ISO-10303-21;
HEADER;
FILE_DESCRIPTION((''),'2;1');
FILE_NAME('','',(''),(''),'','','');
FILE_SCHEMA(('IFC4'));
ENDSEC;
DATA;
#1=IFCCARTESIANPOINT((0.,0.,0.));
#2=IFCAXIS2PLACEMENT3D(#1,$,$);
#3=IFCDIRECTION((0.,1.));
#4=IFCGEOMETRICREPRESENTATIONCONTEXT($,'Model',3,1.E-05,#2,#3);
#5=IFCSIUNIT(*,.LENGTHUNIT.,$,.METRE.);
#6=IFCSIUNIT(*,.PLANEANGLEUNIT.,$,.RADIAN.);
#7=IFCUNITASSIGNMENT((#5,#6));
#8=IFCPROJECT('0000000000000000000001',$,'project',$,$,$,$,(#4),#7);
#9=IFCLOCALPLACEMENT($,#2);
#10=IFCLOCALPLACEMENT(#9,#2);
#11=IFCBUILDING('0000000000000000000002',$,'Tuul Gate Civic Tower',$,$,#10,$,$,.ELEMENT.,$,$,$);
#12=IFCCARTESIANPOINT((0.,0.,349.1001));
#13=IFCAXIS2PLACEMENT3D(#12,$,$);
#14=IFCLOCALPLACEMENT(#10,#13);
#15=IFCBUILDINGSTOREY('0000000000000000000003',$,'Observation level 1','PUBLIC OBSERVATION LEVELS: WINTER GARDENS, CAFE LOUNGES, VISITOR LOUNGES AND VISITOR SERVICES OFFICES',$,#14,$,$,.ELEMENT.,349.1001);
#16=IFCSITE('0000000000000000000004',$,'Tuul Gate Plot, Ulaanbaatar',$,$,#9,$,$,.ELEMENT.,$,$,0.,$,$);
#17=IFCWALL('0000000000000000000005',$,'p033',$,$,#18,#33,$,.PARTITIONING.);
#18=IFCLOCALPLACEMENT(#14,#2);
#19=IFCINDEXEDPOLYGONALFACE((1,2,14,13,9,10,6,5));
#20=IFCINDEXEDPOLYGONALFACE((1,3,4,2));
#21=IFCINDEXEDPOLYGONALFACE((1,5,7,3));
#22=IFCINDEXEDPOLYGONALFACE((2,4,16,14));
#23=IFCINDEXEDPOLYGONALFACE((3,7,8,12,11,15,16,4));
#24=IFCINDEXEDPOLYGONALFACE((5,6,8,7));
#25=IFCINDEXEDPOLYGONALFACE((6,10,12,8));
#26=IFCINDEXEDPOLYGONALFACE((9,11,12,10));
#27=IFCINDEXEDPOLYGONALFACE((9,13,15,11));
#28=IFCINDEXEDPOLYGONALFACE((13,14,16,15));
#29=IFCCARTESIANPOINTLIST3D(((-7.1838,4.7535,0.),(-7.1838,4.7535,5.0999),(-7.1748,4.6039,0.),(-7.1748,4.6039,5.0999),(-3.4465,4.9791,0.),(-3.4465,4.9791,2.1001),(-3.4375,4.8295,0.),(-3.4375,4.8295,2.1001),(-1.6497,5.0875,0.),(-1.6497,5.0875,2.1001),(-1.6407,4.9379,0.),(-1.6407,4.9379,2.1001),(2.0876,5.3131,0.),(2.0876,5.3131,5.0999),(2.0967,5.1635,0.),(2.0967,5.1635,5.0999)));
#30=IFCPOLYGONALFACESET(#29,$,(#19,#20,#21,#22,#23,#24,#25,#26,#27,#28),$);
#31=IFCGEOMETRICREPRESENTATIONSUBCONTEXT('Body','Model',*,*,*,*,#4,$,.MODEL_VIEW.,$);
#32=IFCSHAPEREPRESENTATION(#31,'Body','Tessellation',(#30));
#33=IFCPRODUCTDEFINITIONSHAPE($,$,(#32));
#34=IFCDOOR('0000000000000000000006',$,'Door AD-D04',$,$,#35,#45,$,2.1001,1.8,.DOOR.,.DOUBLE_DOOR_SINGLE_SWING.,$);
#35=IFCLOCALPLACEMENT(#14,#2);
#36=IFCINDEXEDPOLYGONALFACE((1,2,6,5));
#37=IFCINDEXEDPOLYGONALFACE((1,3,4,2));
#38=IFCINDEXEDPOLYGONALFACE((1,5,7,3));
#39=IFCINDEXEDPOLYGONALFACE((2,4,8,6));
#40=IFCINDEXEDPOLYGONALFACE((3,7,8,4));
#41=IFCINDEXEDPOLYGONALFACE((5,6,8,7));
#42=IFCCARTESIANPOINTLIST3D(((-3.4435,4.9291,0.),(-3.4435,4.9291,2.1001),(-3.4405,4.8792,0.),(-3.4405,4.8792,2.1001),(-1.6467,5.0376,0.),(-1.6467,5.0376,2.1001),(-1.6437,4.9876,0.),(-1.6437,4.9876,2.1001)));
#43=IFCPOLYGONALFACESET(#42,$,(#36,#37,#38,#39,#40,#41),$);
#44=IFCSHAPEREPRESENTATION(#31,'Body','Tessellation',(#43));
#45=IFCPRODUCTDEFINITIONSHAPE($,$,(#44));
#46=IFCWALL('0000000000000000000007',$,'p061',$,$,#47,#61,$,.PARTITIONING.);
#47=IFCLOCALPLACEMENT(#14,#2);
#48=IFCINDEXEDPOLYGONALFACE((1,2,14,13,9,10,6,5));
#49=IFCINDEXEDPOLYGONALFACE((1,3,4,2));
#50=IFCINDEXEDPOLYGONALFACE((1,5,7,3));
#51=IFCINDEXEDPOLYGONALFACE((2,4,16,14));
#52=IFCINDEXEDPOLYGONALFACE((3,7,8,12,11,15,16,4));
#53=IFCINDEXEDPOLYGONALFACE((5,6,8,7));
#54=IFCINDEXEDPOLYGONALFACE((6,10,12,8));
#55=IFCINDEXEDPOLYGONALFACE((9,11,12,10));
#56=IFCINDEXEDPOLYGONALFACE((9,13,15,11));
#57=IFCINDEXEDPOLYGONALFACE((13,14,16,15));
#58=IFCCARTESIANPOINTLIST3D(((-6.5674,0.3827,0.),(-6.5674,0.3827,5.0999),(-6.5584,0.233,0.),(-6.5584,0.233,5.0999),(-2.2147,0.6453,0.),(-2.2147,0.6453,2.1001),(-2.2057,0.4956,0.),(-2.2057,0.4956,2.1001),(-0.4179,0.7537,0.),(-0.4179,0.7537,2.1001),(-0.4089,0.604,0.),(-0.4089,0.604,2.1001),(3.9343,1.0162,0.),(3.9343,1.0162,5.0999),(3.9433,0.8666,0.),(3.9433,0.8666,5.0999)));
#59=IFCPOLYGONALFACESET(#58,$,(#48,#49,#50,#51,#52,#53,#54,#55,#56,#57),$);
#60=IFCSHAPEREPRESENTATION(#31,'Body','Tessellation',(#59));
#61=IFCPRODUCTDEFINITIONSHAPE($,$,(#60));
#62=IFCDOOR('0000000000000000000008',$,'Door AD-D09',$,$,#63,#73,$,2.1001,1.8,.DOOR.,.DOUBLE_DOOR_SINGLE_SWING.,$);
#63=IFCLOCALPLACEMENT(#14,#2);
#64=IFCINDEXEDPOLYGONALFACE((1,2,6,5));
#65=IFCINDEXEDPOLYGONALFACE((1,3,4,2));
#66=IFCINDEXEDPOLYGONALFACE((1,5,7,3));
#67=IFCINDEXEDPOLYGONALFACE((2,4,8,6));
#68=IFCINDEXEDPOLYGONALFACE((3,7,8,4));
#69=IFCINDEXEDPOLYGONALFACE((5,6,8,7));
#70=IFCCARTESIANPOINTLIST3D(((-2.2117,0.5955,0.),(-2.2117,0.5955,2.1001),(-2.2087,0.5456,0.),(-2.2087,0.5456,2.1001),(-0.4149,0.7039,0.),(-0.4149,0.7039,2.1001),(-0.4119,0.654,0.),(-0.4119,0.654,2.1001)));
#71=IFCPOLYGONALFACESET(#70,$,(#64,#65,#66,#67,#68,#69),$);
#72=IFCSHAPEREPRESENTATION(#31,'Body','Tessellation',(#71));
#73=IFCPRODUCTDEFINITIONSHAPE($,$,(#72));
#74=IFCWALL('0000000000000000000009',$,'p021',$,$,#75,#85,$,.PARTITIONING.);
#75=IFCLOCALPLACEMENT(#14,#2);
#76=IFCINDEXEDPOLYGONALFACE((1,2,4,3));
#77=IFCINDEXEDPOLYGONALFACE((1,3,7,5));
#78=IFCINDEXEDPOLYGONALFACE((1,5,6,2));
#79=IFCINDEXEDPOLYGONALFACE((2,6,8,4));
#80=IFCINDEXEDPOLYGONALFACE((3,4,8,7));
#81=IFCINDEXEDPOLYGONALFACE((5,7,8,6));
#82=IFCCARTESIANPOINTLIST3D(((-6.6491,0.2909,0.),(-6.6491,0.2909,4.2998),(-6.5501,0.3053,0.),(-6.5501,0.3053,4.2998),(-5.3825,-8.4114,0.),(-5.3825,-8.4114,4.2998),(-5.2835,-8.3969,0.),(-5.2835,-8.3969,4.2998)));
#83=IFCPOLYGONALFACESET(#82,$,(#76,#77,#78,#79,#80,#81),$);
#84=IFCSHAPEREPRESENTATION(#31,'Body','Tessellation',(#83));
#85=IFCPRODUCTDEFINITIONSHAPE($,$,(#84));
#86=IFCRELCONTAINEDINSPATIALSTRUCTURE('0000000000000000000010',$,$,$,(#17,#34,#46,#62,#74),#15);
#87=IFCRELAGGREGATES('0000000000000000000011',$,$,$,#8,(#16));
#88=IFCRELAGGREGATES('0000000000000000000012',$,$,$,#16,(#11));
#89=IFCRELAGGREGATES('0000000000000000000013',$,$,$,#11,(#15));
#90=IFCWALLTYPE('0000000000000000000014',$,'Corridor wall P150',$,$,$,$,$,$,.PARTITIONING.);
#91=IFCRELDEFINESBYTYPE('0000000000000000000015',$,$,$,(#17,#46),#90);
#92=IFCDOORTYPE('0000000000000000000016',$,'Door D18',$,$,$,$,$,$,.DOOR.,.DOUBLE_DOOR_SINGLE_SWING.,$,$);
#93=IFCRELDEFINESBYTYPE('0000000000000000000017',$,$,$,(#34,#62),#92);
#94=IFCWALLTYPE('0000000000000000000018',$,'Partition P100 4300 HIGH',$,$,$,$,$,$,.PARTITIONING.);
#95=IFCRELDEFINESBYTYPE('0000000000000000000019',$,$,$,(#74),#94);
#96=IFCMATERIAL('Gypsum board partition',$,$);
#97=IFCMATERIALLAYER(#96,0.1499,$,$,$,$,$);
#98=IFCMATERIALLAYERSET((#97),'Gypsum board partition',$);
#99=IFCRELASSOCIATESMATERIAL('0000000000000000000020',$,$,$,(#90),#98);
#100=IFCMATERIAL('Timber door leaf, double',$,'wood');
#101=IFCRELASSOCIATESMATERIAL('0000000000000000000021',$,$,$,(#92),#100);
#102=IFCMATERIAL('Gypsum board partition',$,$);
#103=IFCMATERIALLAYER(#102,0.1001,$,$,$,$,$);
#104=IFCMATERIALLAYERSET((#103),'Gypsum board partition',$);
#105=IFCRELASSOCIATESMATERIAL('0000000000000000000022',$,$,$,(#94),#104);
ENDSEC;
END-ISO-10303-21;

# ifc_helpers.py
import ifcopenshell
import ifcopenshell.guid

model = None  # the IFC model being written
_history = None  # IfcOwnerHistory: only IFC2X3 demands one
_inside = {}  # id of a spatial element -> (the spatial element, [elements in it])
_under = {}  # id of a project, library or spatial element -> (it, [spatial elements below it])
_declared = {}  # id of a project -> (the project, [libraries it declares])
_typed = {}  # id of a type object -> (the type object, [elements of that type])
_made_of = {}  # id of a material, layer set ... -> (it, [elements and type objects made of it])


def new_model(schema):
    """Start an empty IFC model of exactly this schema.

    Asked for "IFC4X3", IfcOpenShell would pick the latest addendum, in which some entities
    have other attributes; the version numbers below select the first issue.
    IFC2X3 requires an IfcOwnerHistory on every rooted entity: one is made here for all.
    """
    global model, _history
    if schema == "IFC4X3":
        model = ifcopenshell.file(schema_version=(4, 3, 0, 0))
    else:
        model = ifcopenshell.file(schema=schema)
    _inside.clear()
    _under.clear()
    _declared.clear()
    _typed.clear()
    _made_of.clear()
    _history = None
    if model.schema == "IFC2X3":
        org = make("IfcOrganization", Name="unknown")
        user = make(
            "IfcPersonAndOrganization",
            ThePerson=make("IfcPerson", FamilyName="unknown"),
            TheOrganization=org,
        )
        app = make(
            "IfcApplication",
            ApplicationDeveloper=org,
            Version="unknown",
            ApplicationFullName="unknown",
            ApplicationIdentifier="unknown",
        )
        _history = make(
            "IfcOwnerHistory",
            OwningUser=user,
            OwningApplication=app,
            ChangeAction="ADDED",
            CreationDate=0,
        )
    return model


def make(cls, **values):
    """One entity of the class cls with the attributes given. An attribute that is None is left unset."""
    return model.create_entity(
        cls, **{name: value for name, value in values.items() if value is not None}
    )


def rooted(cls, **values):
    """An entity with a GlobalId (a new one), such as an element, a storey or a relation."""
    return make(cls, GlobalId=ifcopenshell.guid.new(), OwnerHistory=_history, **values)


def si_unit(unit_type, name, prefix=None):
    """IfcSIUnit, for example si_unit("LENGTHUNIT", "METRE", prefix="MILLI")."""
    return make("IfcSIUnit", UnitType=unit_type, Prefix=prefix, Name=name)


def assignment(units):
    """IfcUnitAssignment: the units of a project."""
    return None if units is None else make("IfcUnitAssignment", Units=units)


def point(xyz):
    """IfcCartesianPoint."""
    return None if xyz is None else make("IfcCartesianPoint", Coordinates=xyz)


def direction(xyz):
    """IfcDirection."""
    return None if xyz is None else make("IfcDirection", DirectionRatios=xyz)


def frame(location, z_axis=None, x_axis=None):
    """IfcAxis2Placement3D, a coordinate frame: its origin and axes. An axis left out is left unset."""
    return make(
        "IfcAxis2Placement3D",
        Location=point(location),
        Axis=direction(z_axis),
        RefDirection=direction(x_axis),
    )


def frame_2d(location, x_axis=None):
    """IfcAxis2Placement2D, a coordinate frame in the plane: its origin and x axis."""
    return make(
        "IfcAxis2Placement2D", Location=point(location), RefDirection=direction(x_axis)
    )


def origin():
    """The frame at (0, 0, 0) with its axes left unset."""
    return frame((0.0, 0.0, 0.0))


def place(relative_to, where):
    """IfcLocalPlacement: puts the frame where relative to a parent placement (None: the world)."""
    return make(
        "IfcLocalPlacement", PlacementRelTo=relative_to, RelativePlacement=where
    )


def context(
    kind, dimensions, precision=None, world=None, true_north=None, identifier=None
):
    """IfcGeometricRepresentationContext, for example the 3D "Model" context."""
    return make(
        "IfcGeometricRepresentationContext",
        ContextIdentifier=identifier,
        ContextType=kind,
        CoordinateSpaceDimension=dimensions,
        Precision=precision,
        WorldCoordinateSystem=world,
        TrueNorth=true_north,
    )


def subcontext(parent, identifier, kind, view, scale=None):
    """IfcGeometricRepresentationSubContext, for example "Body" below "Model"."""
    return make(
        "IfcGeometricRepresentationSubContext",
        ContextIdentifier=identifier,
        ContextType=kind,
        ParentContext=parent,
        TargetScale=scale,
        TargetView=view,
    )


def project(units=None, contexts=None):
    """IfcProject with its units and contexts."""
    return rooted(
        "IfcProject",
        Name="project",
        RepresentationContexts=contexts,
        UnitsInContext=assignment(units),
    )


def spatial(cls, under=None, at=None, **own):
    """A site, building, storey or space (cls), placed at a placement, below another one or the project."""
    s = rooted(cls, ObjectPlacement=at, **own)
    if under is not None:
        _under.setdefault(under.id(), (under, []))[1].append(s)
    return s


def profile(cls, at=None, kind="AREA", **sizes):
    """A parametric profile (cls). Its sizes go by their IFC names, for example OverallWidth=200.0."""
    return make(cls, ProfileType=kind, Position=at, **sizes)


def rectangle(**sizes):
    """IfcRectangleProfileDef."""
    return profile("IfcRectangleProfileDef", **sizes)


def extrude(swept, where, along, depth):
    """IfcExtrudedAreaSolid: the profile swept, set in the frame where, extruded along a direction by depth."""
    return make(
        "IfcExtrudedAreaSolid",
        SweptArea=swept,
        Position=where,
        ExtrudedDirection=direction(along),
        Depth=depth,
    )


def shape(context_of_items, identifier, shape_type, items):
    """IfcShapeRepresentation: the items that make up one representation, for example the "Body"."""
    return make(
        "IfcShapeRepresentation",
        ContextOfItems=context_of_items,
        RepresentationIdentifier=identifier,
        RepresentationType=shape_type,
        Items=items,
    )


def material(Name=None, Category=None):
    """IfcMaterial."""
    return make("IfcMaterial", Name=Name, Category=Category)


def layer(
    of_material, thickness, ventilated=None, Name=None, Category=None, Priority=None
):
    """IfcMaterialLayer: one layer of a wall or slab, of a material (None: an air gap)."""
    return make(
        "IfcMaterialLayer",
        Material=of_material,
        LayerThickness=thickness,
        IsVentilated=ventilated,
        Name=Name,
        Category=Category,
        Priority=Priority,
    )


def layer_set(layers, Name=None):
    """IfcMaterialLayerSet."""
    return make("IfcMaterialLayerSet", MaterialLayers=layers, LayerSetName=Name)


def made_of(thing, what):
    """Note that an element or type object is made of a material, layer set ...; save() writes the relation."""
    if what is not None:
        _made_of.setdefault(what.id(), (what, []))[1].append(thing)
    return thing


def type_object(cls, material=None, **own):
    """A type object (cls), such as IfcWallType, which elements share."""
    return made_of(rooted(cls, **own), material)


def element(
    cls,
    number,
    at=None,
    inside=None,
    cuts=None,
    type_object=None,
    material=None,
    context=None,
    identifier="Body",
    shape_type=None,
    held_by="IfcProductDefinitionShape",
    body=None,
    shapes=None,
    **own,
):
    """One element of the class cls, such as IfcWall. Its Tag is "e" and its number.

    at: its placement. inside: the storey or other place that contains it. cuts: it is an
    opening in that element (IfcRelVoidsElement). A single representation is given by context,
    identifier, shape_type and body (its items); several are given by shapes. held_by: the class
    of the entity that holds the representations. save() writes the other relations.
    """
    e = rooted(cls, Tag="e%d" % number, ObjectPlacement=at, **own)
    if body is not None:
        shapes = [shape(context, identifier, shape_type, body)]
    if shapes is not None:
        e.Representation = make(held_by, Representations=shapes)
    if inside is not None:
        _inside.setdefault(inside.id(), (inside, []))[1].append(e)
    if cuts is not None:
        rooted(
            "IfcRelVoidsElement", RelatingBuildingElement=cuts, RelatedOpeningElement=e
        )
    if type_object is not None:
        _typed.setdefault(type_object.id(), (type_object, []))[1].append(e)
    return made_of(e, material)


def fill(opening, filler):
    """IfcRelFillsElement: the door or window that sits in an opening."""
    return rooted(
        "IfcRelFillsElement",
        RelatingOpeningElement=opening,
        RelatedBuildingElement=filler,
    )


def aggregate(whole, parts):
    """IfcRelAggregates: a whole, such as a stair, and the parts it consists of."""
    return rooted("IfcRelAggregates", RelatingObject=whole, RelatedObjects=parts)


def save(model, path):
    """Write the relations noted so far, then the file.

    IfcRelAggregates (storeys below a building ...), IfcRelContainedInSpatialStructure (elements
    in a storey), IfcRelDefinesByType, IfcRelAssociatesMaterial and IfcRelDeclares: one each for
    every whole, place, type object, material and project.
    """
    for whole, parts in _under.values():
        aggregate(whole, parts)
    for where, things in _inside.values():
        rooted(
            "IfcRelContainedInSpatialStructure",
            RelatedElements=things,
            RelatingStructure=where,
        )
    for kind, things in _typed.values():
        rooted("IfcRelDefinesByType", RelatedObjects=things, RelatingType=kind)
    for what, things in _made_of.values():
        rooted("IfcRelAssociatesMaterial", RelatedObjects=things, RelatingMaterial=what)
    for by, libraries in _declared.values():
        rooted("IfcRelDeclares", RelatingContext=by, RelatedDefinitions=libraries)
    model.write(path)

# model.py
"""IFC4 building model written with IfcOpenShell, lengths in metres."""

from ifc_helpers import new_model, si_unit, direction, frame, frame_2d, origin, place, context, subcontext, project, spatial, rectangle, extrude, material, layer, layer_set, type_object, element, fill, save


model = new_model("IFC4")

# Units and contexts
model_context = context("Model", 3, precision=1e-05, world=origin(), true_north=direction((0.0, 1.0)))
body_context = subcontext(model_context, "Body", "Model", "MODEL_VIEW")
ifc_project = project(units=[si_unit("LENGTHUNIT", "METRE"), si_unit("PLANEANGLEUNIT", "RADIAN")], contexts=[model_context])

# Site, building, storey
site_placement = place(None, origin())
site = spatial("IfcSite", under=ifc_project, at=site_placement, Name="Tuul Gate Plot, Ulaanbaatar", CompositionType="ELEMENT", RefElevation=0.0)
building_placement = place(site_placement, origin())
building = spatial("IfcBuilding", under=site, at=building_placement, Name="Tuul Gate Civic Tower", CompositionType="ELEMENT")
storey_placement = place(building_placement, frame((0.0, 0.0, 349.1001)))
storey = spatial("IfcBuildingStorey", under=building, at=storey_placement, Name="Observation level 1", Description="PUBLIC OBSERVATION LEVELS: WINTER GARDENS, CAFE LOUNGES, VISITOR LOUNGES AND VISITOR SERVICES OFFICES", CompositionType="ELEMENT", Elevation=349.1001)

# Shared definitions
ifc_material_1 = material(Name="Gypsum board partition")
ifc_layer_1 = layer(ifc_material_1, 0.1499)
ifc_layer_set_1 = layer_set([ifc_layer_1], Name="Gypsum board partition")
wall_type_1 = type_object("IfcWallType", Name="Corridor wall P150", PredefinedType="PARTITIONING", material=ifc_layer_set_1)

# Walls, openings, doors
wall_1_placement = place(storey_placement, frame((-7.1792, 4.6787, 0.0), z_axis=(0.0, 0.0, 1.0), x_axis=(0.998184, 0.060244, 0.0)))
wall_1 = element("IfcWall", 1, at=wall_1_placement, inside=storey, type_object=wall_type_1, Name="p033", PredefinedType="PARTITIONING", context=body_context, shape_type="SweptSolid", body=[
    extrude(rectangle(XDim=9.2883, YDim=0.1499, at=frame_2d((4.644, 0.0))), origin(), (0.0, 0.0, 1.0), 5.0999),
])
opening_1_placement = place(wall_1_placement, frame((3.7441, 0.0, 0.0)))
opening_1 = element("IfcOpeningElement", 2, at=opening_1_placement, cuts=wall_1, PredefinedType="OPENING", context=body_context, shape_type="SweptSolid", body=[
    extrude(rectangle(XDim=1.8, YDim=2.1001, at=frame_2d((0.8999, 1.05))), frame((0.0, 0.085, 0.0), z_axis=(0.0, -1.0, 0.0), x_axis=(1.0, 0.0, 0.0)), (0.0, 0.0, 1.0), 0.1699),
])
ifc_material_2 = material(Name="Timber door leaf, double", Category="wood")
door_type = type_object("IfcDoorType", Name="Door D18", OperationType="DOUBLE_DOOR_SINGLE_SWING", PredefinedType="DOOR", material=ifc_material_2)
door_1_placement = place(opening_1_placement, origin())
door_1 = element("IfcDoor", 3, at=door_1_placement, inside=storey, type_object=door_type, Name="Door AD-D04", OperationType="DOUBLE_DOOR_SINGLE_SWING", OverallHeight=2.1001, OverallWidth=1.8, PredefinedType="DOOR", context=body_context, shape_type="SweptSolid", body=[
    extrude(rectangle(XDim=1.8, YDim=2.1001, at=frame_2d((0.8999, 1.05))), frame((0.0, 0.0249, 0.0), z_axis=(0.0, -1.0, 0.0), x_axis=(1.0, 0.0, 0.0)), (0.0, 0.0, 1.0), 0.05),
])
fill(opening_1, door_1)
wall_2_placement = place(storey_placement, frame((-6.5627, 0.3079, 0.0), z_axis=(0.0, 0.0, 1.0), x_axis=(0.998185, 0.060218, 0.0)))
wall_2 = element("IfcWall", 4, at=wall_2_placement, inside=storey, type_object=wall_type_1, Name="p061", PredefinedType="PARTITIONING", context=body_context, shape_type="SweptSolid", body=[
    extrude(rectangle(XDim=10.5208, YDim=0.1499, at=frame_2d((5.2603, 0.0))), origin(), (0.0, 0.0, 1.0), 5.0999),
])
opening_2_placement = place(wall_2_placement, frame((4.3606, 0.0, 0.0)))
opening_2 = element("IfcOpeningElement", 5, at=opening_2_placement, cuts=wall_2, PredefinedType="OPENING", context=body_context, shape_type="SweptSolid", body=[
    extrude(rectangle(XDim=1.8, YDim=2.1001, at=frame_2d((0.8999, 1.05))), frame((0.0, 0.085, 0.0), z_axis=(0.0, -1.0, 0.0), x_axis=(1.0, 0.0, 0.0)), (0.0, 0.0, 1.0), 0.1699),
])
door_2_placement = place(opening_2_placement, frame((1.8, 0.0, 0.0), z_axis=(0.0, 0.0, 1.0), x_axis=(-1.0, 0.0, 0.0)))
door_2 = element("IfcDoor", 6, at=door_2_placement, inside=storey, type_object=door_type, Name="Door AD-D09", OperationType="DOUBLE_DOOR_SINGLE_SWING", OverallHeight=2.1001, OverallWidth=1.8, PredefinedType="DOOR", context=body_context, shape_type="SweptSolid", body=[
    extrude(rectangle(XDim=1.8, YDim=2.1001, at=frame_2d((0.9001, 1.05))), frame((0.0, 0.0249, 0.0), z_axis=(0.0, -1.0, 0.0), x_axis=(1.0, 0.0, 0.0)), (0.0, 0.0, 1.0), 0.05),
])
fill(opening_2, door_2)

# Wall
ifc_material_3 = material(Name="Gypsum board partition")
ifc_layer_2 = layer(ifc_material_3, 0.1001)
ifc_layer_set_2 = layer_set([ifc_layer_2], Name="Gypsum board partition")
wall_type_2 = type_object("IfcWallType", Name="Partition P100 4300 HIGH", PredefinedType="PARTITIONING", material=ifc_layer_set_2)
wall_3_placement = place(storey_placement, frame((-6.5996, 0.2981, 0.0), z_axis=(0.0, 0.0, 1.0), x_axis=(0.144033, -0.989573, 0.0)))
element("IfcWall", 7, at=wall_3_placement, inside=storey, type_object=wall_type_2, Name="p021", PredefinedType="PARTITIONING", context=body_context, shape_type="SweptSolid", body=[
    extrude(rectangle(XDim=8.7939, YDim=0.1001, at=frame_2d((4.397, 0.0))), origin(), (0.0, 0.0, 1.0), 4.2998),
])

save(model, "model.ifc")
